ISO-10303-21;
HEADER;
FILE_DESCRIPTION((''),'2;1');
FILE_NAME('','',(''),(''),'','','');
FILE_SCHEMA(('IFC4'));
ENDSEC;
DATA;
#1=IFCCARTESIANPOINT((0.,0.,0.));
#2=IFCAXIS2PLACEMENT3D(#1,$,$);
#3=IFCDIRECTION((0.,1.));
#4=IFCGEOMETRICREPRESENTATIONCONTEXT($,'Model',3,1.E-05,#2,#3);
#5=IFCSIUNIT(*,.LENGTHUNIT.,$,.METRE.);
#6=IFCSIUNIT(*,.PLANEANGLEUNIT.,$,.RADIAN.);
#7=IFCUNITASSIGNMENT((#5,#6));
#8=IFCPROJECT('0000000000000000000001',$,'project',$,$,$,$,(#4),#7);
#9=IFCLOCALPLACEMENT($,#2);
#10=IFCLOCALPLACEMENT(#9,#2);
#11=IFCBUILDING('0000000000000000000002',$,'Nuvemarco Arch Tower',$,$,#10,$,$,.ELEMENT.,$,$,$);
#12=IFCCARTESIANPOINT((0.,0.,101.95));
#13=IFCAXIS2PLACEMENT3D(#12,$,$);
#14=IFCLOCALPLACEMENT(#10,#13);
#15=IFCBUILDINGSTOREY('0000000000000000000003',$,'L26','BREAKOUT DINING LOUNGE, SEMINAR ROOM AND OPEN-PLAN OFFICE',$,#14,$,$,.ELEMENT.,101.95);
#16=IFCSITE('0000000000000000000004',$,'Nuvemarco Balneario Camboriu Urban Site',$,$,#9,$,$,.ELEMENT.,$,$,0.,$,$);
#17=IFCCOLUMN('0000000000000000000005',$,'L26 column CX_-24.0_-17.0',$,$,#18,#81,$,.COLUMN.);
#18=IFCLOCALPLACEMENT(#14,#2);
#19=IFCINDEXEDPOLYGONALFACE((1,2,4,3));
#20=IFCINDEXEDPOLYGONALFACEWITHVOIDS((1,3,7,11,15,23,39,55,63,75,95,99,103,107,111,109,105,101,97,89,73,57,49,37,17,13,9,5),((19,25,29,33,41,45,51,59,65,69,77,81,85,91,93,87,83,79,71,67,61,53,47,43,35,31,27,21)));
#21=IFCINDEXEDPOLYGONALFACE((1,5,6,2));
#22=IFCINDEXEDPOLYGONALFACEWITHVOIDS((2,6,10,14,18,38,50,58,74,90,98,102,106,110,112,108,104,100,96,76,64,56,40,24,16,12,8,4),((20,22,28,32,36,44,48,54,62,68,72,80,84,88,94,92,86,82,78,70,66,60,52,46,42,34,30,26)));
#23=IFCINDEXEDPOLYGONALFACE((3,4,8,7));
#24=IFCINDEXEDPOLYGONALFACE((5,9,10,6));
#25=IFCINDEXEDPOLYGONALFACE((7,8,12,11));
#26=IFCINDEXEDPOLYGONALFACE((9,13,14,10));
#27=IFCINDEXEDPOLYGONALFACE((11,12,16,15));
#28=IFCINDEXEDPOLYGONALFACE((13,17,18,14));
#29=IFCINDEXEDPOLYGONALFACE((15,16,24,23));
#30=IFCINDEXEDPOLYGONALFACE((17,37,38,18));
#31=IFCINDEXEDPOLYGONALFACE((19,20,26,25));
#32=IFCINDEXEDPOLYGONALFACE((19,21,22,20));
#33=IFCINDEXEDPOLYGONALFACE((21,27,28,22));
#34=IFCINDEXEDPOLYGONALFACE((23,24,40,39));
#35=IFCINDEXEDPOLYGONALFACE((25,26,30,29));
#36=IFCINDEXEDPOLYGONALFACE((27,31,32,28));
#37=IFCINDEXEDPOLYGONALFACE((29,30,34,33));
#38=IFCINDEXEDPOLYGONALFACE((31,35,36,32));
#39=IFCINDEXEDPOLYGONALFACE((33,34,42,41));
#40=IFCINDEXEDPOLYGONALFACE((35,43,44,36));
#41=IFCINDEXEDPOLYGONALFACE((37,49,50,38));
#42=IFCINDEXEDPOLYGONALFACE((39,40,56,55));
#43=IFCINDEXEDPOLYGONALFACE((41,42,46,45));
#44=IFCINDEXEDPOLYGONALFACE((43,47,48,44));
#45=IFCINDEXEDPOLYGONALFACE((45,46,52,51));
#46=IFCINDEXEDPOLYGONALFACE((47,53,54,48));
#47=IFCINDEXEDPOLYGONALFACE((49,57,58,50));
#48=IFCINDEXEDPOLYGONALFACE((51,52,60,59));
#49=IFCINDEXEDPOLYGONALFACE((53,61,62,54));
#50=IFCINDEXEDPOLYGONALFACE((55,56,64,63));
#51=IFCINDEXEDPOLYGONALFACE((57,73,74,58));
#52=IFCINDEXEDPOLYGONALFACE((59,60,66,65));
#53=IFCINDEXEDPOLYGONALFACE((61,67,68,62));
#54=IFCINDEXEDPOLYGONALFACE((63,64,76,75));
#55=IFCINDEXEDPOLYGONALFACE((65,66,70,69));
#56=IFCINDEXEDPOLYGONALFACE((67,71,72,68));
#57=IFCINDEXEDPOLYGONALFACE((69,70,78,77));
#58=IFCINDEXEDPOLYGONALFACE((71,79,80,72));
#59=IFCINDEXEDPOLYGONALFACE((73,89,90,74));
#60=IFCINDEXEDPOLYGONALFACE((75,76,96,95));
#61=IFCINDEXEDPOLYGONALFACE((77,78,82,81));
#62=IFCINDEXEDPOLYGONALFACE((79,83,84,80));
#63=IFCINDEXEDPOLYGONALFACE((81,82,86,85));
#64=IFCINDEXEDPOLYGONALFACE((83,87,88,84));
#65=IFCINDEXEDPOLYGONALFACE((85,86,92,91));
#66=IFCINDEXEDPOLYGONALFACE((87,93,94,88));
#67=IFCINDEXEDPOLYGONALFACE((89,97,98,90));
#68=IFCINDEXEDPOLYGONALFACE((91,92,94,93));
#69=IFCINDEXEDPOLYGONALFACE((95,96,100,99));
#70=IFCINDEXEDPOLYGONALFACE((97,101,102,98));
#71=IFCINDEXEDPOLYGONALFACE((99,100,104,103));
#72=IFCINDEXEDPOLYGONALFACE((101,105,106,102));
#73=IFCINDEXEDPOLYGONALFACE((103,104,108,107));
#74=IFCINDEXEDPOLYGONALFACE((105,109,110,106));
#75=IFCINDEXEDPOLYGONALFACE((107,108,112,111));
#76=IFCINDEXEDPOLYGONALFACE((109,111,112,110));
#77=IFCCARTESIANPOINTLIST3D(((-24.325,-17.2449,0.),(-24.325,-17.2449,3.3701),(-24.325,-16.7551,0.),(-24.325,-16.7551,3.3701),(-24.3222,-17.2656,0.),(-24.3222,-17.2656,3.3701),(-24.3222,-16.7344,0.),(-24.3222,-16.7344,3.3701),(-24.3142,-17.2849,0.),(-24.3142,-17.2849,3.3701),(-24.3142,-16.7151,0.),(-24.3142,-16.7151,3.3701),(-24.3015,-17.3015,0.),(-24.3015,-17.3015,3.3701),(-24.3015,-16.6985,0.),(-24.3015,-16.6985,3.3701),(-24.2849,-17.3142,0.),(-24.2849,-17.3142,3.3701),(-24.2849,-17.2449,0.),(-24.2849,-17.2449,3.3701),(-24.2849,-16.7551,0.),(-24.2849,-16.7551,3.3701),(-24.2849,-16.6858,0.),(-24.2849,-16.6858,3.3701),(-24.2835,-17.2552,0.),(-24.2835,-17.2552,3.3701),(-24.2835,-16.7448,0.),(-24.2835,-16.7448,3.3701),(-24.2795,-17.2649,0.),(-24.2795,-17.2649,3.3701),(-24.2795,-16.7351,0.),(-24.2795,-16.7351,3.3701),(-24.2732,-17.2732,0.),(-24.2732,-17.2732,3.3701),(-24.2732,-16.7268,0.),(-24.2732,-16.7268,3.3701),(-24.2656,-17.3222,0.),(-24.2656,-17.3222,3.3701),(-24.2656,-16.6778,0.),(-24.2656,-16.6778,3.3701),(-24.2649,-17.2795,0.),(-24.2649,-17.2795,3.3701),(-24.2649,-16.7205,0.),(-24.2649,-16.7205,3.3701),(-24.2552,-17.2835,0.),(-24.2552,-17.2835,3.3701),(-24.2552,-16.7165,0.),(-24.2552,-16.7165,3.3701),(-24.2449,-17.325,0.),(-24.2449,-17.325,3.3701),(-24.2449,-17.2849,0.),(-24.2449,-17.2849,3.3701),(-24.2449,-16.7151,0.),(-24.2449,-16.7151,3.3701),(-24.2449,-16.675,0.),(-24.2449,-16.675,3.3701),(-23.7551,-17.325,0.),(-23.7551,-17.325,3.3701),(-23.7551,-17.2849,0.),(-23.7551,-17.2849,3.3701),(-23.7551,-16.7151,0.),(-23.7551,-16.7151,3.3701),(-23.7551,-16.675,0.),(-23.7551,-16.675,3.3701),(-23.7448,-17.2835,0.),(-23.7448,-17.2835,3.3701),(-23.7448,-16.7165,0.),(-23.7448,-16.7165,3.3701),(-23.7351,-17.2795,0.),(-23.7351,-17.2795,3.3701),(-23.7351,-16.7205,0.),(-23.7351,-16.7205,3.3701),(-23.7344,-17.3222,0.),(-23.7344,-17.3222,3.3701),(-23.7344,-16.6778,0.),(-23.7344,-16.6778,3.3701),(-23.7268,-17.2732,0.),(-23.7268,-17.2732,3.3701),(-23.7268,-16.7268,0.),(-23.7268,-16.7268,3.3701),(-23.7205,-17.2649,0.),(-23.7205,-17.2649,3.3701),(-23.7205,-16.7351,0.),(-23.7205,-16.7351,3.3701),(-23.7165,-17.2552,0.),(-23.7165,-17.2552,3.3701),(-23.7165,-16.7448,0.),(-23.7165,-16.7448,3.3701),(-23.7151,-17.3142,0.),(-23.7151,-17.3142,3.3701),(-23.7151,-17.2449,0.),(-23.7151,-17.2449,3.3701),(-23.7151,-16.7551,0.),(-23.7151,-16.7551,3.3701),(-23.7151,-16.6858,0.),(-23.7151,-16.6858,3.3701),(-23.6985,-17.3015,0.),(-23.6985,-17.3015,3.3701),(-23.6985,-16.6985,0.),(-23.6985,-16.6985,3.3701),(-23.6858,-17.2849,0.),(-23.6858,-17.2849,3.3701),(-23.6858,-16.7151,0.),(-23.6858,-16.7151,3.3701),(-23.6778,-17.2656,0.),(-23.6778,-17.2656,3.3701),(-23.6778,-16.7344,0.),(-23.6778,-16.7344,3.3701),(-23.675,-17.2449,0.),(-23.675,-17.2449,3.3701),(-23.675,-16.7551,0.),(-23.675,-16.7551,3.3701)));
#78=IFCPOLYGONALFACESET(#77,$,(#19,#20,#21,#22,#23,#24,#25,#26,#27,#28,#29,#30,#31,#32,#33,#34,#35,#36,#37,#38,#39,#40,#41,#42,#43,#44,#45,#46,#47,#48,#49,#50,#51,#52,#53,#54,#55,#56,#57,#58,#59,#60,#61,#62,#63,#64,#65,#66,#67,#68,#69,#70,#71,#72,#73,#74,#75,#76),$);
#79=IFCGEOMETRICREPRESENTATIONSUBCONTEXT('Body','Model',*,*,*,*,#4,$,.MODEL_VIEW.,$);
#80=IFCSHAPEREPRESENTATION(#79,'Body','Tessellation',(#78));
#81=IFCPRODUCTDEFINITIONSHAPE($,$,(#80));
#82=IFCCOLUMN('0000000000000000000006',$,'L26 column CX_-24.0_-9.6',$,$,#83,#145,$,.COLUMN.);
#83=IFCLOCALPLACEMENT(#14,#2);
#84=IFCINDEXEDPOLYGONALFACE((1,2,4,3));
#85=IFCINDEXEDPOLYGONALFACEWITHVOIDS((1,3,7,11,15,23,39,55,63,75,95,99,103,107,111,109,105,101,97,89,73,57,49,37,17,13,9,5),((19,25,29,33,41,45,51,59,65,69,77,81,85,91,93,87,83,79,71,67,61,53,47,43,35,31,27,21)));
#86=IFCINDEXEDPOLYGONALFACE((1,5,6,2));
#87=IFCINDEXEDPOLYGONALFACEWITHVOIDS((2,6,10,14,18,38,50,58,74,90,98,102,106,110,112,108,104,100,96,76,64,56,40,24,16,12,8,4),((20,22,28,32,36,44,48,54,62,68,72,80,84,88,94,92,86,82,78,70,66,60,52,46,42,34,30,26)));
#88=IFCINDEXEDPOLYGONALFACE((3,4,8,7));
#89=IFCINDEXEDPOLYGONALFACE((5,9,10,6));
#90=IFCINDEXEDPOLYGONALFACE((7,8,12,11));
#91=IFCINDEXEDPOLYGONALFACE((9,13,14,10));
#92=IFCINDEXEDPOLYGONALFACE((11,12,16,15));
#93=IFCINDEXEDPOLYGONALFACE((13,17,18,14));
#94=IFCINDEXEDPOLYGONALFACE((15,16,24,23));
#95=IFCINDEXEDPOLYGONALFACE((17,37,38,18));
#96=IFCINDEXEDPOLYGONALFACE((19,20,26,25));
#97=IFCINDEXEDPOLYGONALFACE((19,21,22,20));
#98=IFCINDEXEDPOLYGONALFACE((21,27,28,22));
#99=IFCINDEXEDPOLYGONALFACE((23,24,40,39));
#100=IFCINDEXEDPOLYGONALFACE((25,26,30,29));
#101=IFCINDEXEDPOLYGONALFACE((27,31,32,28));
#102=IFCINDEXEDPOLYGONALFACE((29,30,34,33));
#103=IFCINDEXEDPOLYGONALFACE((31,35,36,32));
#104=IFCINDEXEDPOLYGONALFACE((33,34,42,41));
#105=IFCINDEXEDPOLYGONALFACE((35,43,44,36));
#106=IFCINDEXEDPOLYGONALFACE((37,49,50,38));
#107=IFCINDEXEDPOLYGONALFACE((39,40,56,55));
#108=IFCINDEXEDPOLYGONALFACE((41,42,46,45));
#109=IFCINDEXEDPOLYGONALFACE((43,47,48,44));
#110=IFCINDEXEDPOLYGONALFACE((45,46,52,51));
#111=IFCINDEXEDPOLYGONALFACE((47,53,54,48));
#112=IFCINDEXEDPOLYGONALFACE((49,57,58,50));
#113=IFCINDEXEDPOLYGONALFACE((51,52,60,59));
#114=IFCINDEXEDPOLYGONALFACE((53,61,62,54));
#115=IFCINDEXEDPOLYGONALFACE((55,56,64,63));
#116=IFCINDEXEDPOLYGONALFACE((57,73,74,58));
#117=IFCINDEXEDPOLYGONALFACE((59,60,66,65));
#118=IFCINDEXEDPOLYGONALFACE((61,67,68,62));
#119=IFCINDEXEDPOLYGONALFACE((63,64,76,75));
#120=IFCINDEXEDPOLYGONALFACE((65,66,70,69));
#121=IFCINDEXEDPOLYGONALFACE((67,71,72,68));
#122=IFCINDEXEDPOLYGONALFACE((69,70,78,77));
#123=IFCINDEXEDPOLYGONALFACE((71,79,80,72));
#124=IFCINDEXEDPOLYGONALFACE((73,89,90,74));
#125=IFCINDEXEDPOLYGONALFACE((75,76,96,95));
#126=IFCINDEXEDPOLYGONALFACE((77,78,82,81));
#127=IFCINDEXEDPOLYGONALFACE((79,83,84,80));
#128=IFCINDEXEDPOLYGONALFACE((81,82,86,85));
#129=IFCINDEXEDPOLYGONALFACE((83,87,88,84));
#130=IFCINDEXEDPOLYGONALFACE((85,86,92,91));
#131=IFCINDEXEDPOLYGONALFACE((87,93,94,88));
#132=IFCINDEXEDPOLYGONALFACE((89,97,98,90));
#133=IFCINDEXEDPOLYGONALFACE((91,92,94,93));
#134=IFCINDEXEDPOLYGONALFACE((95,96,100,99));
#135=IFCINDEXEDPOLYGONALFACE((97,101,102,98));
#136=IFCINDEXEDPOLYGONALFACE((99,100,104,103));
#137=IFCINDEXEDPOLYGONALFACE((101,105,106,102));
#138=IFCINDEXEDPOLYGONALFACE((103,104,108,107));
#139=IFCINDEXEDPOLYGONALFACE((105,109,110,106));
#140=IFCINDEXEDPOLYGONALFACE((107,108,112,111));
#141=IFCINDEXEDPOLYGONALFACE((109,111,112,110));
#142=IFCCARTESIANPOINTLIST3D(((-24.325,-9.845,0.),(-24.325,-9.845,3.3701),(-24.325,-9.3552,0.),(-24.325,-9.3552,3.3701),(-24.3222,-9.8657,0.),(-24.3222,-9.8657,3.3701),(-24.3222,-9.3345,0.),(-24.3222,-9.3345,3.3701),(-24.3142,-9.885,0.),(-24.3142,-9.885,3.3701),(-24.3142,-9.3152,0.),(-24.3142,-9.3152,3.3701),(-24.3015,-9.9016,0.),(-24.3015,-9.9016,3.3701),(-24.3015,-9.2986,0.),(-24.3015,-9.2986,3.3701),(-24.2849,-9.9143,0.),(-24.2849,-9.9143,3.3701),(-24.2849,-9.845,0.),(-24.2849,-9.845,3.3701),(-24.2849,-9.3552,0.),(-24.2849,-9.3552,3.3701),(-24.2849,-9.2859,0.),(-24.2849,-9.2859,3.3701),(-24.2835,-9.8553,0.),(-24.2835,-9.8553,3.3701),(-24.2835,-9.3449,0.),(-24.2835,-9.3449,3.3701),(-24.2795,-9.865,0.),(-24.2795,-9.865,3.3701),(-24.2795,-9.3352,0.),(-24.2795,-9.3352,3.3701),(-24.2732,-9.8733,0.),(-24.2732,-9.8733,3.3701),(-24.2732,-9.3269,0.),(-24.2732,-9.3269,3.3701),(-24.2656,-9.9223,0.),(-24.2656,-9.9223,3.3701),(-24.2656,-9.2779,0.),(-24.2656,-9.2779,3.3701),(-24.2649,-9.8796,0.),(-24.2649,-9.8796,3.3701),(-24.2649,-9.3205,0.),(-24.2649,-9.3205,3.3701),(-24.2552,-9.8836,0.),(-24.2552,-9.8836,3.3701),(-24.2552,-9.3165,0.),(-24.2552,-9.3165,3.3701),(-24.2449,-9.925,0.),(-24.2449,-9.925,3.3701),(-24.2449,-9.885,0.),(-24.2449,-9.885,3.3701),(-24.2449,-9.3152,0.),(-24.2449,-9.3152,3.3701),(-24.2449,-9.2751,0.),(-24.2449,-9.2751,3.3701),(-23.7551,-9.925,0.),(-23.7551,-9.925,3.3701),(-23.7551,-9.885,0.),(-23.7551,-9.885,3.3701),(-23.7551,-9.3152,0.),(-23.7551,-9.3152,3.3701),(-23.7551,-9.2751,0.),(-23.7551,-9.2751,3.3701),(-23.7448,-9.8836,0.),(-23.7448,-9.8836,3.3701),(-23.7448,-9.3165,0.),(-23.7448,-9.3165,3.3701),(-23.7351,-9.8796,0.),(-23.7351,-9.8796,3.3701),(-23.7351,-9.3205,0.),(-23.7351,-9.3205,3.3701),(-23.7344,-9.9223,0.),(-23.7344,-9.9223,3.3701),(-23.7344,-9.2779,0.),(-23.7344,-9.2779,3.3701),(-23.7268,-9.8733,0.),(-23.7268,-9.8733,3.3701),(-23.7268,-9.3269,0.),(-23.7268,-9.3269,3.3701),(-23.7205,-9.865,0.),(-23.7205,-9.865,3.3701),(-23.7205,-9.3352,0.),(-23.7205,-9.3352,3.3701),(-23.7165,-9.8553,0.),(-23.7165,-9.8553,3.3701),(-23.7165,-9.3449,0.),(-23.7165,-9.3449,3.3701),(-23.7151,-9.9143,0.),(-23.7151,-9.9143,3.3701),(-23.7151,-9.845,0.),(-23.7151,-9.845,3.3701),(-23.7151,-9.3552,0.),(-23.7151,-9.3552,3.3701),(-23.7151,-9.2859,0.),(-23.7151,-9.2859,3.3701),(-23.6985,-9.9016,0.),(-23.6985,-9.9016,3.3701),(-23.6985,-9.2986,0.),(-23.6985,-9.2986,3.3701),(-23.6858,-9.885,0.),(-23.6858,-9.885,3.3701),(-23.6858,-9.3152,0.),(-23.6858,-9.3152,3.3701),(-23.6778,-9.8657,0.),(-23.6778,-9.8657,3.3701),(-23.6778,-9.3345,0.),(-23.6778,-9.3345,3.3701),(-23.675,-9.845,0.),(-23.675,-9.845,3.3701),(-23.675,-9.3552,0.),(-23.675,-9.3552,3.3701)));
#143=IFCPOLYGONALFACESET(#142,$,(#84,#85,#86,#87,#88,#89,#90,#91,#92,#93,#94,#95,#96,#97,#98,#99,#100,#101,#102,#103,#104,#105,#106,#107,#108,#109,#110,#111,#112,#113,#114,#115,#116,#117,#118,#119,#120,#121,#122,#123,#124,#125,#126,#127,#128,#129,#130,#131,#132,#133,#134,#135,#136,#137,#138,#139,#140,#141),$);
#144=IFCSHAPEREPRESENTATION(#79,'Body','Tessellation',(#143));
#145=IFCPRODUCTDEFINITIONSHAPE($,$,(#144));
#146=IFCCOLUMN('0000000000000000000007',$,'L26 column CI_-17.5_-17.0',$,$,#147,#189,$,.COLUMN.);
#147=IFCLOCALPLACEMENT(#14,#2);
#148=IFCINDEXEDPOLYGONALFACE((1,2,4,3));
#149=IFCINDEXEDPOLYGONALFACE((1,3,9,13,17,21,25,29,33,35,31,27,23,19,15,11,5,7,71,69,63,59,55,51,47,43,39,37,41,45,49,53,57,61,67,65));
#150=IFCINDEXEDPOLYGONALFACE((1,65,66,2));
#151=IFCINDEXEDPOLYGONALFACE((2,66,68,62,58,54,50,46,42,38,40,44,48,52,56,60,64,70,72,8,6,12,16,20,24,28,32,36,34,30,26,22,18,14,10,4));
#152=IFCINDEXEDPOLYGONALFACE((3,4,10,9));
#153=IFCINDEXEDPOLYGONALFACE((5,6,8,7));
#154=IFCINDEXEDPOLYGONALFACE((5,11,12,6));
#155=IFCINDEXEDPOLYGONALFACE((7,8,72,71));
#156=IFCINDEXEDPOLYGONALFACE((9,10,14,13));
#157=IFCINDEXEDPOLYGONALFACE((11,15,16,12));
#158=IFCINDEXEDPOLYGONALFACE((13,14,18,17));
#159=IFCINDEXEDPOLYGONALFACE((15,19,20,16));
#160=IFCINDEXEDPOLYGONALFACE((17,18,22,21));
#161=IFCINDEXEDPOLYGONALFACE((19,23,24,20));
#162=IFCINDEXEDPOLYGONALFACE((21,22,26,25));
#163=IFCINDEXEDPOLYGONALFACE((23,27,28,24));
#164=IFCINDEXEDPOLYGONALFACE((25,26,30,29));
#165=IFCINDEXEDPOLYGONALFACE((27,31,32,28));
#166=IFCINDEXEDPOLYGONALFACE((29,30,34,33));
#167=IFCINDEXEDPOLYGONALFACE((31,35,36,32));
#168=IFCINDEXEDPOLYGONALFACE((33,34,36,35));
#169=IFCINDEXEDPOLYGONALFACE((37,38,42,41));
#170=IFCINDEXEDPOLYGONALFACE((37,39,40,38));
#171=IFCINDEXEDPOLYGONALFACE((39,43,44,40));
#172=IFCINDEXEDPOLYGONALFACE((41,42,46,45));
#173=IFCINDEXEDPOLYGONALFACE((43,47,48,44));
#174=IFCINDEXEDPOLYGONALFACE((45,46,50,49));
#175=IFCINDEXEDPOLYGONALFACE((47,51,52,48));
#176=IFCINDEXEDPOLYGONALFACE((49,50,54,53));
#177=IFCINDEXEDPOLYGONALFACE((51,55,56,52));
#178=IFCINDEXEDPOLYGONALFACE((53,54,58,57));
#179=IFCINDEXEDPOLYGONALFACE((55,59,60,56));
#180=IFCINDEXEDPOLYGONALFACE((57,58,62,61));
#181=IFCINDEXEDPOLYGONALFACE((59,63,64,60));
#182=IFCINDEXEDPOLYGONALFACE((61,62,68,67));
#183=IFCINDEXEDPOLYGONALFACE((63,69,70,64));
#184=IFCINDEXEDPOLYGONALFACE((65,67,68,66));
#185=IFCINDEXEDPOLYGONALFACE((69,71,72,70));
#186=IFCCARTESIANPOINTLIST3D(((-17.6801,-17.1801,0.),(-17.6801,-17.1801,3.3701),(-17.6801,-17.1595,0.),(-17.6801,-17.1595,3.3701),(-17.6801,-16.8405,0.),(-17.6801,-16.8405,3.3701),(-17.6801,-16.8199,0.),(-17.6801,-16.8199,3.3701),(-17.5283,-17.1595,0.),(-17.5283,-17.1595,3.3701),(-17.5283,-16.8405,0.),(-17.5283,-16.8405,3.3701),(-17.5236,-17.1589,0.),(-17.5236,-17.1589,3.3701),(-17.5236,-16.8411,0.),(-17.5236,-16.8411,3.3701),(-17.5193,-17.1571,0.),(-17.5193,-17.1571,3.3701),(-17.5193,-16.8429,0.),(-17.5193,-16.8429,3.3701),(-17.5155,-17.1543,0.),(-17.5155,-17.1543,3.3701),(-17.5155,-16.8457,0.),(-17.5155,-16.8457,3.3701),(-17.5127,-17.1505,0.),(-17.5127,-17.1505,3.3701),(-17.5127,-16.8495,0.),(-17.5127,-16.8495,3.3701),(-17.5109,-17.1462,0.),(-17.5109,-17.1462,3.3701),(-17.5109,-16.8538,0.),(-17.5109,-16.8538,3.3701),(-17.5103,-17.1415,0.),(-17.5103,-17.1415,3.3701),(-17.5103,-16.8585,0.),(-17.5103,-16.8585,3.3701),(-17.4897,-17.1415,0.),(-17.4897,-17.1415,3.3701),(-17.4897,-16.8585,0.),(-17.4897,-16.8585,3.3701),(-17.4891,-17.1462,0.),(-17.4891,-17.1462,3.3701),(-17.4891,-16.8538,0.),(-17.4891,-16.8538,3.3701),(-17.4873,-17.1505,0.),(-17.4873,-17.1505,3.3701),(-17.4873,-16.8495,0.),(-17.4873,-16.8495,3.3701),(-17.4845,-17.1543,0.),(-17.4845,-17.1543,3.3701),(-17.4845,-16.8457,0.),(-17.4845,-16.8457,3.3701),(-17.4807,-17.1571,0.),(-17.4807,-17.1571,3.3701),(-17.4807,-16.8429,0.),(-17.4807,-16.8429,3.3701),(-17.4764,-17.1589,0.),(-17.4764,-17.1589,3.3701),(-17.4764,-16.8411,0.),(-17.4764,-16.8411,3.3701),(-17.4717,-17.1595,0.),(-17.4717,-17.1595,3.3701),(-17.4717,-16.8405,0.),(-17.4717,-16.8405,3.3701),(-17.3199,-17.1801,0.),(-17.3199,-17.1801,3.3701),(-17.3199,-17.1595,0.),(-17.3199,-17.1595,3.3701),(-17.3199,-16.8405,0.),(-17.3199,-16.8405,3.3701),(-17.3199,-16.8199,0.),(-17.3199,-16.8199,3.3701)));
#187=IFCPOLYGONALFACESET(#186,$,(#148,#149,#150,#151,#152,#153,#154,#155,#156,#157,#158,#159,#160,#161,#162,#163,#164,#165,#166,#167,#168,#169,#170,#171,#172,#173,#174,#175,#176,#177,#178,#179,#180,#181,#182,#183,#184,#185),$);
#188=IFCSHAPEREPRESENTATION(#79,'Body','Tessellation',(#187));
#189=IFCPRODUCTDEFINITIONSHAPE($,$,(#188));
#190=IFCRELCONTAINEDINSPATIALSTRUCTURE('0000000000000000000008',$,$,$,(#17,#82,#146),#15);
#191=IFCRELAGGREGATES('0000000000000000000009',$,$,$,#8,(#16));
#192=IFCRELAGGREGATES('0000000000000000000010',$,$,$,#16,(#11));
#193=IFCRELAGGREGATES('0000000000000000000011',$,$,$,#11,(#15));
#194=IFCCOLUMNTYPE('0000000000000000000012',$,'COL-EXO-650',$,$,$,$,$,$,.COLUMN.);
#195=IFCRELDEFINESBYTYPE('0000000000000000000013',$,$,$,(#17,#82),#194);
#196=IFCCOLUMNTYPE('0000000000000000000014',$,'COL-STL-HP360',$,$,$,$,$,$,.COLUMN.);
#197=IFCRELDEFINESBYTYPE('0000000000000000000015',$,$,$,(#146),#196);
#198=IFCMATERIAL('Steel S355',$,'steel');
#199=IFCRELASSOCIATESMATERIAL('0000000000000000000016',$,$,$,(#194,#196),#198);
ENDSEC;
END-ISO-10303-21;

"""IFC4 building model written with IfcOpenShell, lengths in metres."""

from ifc_helpers import new_model, si_unit, direction, frame, origin, origin_2d, place, context, subcontext, project, spatial, hollow_rectangle, i_section, extrude, material, material_profile, profile_set, type_object, element, save


model = new_model("IFC4")

# Units and contexts
model_context = context("Model", 3, precision=1e-05, world=origin(), true_north=direction((0.0, 1.0)))
body_context = subcontext(model_context, "Body", "Model", "MODEL_VIEW")
ifc_project = project(units=[si_unit("LENGTHUNIT", "METRE"), si_unit("PLANEANGLEUNIT", "RADIAN")], contexts=[model_context])

# Site, building, storey
site_placement = place(None, origin())
site = spatial("IfcSite", under=ifc_project, at=site_placement, Name="Nuvemarco Balneario Camboriu Urban Site", CompositionType="ELEMENT", RefElevation=0.0)
building_placement = place(site_placement, origin())
building = spatial("IfcBuilding", under=site, at=building_placement, Name="Nuvemarco Arch Tower", CompositionType="ELEMENT")
storey_placement = place(building_placement, frame((0.0, 0.0, 101.95)))
storey = spatial("IfcBuildingStorey", under=building, at=storey_placement, Name="L26", Description="BREAKOUT DINING LOUNGE, SEMINAR ROOM AND OPEN-PLAN OFFICE", CompositionType="ELEMENT", Elevation=101.95)

# Columns
ifc_material_1 = material(Name="Steel S355", Category="steel")
ifc_material_profile_1 = material_profile(ifc_material_1, hollow_rectangle(XDim=0.6499, YDim=0.6499, WallThickness=0.04, InnerFilletRadius=0.04, OuterFilletRadius=0.0801, at=origin_2d()), Name="SHS650x650x40")
ifc_profile_set_1 = profile_set([ifc_material_profile_1], Name="Steel S355")
column_type_1 = type_object("IfcColumnType", Name="COL-EXO-650", PredefinedType="COLUMN", material=ifc_profile_set_1)
for number, where, z_axis, x_axis, name in (
    (1, (-24.0, -17.0, 0.0), (0.0, 0.0, 1.0), (1.0, 0.0, 0.0), "L26 column CX_-24.0_-17.0"),
    (2, (-24.0, -9.6001, 0.0), (0.0, 0.0, 1.0), (1.0, 0.0, 0.0), "L26 column CX_-24.0_-9.6"),
):
    element("IfcColumn", number, at=place(storey_placement, frame(where, z_axis=z_axis, x_axis=x_axis)), inside=storey, type_object=column_type_1, Name=name, PredefinedType="COLUMN", context=body_context, shape_type="SweptSolid", body=[
        extrude(hollow_rectangle(XDim=0.6499, YDim=0.6499, WallThickness=0.04, InnerFilletRadius=0.04, OuterFilletRadius=0.0801, at=origin_2d()), origin(), (0.0, 0.0, 1.0), 3.3701),
    ])
ifc_material_profile_2 = material_profile(ifc_material_1, i_section(OverallWidth=0.3601, OverallDepth=0.3601, WebThickness=0.0205, FlangeThickness=0.0205, FilletRadius=0.0181, at=origin_2d()), Name="HP360x174")
ifc_profile_set_2 = profile_set([ifc_material_profile_2], Name="Steel S355")
column_type_2 = type_object("IfcColumnType", Name="COL-STL-HP360", PredefinedType="COLUMN", material=ifc_profile_set_2)
column_placement = place(storey_placement, frame((-17.5, -17.0, 0.0), z_axis=(0.0, 0.0, 1.0), x_axis=(1.0, 0.0, 0.0)))
element("IfcColumn", 3, at=column_placement, inside=storey, type_object=column_type_2, Name="L26 column CI_-17.5_-17.0", PredefinedType="COLUMN", context=body_context, shape_type="SweptSolid", body=[
    extrude(i_section(OverallWidth=0.3601, OverallDepth=0.3601, WebThickness=0.0205, FlangeThickness=0.0205, FilletRadius=0.0181, at=origin_2d()), origin(), (0.0, 0.0, 1.0), 3.3701),
])

save(model, "model.ifc")
